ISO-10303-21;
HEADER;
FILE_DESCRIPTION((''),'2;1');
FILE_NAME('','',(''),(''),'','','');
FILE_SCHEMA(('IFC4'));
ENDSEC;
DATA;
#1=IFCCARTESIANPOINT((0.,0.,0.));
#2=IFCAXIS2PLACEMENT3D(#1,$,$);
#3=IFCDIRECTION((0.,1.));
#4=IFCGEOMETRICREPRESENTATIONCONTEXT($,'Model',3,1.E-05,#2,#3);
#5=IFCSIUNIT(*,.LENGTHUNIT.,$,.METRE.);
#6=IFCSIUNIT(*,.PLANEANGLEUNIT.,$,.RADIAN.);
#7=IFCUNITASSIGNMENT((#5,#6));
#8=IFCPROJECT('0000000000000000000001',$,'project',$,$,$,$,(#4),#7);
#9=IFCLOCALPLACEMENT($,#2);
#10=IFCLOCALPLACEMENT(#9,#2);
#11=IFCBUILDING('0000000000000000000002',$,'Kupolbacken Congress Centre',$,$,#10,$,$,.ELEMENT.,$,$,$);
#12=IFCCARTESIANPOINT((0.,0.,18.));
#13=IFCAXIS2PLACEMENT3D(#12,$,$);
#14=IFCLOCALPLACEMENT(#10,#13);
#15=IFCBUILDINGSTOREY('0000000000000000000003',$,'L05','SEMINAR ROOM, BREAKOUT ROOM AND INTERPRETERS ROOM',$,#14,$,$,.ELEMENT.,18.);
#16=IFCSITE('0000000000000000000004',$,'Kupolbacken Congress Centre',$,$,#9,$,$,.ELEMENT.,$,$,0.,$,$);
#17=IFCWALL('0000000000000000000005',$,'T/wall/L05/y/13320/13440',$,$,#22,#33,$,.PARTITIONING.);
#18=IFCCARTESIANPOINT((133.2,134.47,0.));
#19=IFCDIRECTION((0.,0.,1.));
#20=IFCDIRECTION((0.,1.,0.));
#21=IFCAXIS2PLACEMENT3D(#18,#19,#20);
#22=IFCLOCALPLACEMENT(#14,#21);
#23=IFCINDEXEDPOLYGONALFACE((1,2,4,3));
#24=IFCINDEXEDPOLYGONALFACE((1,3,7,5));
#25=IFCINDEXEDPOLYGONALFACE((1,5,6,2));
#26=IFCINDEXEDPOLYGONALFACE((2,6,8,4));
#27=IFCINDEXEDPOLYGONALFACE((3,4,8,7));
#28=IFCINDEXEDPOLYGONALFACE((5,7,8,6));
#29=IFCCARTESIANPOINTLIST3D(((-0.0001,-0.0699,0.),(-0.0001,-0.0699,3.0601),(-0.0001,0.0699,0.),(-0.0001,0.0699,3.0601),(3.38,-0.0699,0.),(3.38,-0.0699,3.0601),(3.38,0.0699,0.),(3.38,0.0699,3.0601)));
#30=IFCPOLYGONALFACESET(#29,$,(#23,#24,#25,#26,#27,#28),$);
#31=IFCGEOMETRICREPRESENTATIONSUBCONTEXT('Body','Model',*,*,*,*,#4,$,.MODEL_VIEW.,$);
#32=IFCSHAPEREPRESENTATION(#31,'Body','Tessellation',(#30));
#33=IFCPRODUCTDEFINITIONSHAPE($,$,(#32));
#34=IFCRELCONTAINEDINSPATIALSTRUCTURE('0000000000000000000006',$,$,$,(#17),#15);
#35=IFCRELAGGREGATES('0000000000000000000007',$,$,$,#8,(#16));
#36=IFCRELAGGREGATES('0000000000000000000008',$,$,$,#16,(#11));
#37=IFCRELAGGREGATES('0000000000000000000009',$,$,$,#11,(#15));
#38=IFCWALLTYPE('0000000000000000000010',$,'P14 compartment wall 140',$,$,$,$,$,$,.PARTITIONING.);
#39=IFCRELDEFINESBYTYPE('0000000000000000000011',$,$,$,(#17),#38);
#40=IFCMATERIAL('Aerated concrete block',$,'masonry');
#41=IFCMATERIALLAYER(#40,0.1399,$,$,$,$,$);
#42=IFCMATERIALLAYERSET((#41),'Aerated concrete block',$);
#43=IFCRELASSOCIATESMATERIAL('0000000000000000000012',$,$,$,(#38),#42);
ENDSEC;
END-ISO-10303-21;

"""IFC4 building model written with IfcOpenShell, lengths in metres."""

from ifc_helpers import new_model, si_unit, direction, frame, frame_2d, origin, place, context, subcontext, project, spatial, rectangle, extrude, material, layer, layer_set, type_object, element, save


model = new_model("IFC4")

# Units and contexts
model_context = context("Model", 3, precision=1e-05, world=origin(), true_north=direction((0.0, 1.0)))
body_context = subcontext(model_context, "Body", "Model", "MODEL_VIEW")
ifc_project = project(units=[si_unit("LENGTHUNIT", "METRE"), si_unit("PLANEANGLEUNIT", "RADIAN")], contexts=[model_context])

# Site, building, storey
site_placement = place(None, origin())
site = spatial("IfcSite", under=ifc_project, at=site_placement, Name="Kupolbacken Congress Centre", CompositionType="ELEMENT", RefElevation=0.0)
building_placement = place(site_placement, origin())
building = spatial("IfcBuilding", under=site, at=building_placement, Name="Kupolbacken Congress Centre", CompositionType="ELEMENT")
storey_placement = place(building_placement, frame((0.0, 0.0, 18.0)))
storey = spatial("IfcBuildingStorey", under=building, at=storey_placement, Name="L05", Description="SEMINAR ROOM, BREAKOUT ROOM AND INTERPRETERS ROOM", CompositionType="ELEMENT", Elevation=18.0)

# Shared definitions
ifc_material_1 = material(Name="Aerated concrete block", Category="masonry")
ifc_layer_1 = layer(ifc_material_1, 0.1399)
ifc_layer_set_1 = layer_set([ifc_layer_1], Name="Aerated concrete block")
wall_type_1 = type_object("IfcWallType", Name="P14 compartment wall 140", PredefinedType="PARTITIONING", material=ifc_layer_set_1)

# Wall
wall_1_placement = place(storey_placement, frame((133.2, 134.47, 0.0), z_axis=(0.0, 0.0, 1.0), x_axis=(0.0, 1.0, 0.0)))
element("IfcWall", 1, at=wall_1_placement, inside=storey, type_object=wall_type_1, Name="T/wall/L05/y/13320/13440", PredefinedType="PARTITIONING", context=body_context, shape_type="SweptSolid", body=[
    extrude(rectangle(XDim=3.3801, YDim=0.1399, at=frame_2d((1.6899, 0.0))), origin(), (0.0, 0.0, 1.0), 3.0601),
])

save(model, "model.ifc")
